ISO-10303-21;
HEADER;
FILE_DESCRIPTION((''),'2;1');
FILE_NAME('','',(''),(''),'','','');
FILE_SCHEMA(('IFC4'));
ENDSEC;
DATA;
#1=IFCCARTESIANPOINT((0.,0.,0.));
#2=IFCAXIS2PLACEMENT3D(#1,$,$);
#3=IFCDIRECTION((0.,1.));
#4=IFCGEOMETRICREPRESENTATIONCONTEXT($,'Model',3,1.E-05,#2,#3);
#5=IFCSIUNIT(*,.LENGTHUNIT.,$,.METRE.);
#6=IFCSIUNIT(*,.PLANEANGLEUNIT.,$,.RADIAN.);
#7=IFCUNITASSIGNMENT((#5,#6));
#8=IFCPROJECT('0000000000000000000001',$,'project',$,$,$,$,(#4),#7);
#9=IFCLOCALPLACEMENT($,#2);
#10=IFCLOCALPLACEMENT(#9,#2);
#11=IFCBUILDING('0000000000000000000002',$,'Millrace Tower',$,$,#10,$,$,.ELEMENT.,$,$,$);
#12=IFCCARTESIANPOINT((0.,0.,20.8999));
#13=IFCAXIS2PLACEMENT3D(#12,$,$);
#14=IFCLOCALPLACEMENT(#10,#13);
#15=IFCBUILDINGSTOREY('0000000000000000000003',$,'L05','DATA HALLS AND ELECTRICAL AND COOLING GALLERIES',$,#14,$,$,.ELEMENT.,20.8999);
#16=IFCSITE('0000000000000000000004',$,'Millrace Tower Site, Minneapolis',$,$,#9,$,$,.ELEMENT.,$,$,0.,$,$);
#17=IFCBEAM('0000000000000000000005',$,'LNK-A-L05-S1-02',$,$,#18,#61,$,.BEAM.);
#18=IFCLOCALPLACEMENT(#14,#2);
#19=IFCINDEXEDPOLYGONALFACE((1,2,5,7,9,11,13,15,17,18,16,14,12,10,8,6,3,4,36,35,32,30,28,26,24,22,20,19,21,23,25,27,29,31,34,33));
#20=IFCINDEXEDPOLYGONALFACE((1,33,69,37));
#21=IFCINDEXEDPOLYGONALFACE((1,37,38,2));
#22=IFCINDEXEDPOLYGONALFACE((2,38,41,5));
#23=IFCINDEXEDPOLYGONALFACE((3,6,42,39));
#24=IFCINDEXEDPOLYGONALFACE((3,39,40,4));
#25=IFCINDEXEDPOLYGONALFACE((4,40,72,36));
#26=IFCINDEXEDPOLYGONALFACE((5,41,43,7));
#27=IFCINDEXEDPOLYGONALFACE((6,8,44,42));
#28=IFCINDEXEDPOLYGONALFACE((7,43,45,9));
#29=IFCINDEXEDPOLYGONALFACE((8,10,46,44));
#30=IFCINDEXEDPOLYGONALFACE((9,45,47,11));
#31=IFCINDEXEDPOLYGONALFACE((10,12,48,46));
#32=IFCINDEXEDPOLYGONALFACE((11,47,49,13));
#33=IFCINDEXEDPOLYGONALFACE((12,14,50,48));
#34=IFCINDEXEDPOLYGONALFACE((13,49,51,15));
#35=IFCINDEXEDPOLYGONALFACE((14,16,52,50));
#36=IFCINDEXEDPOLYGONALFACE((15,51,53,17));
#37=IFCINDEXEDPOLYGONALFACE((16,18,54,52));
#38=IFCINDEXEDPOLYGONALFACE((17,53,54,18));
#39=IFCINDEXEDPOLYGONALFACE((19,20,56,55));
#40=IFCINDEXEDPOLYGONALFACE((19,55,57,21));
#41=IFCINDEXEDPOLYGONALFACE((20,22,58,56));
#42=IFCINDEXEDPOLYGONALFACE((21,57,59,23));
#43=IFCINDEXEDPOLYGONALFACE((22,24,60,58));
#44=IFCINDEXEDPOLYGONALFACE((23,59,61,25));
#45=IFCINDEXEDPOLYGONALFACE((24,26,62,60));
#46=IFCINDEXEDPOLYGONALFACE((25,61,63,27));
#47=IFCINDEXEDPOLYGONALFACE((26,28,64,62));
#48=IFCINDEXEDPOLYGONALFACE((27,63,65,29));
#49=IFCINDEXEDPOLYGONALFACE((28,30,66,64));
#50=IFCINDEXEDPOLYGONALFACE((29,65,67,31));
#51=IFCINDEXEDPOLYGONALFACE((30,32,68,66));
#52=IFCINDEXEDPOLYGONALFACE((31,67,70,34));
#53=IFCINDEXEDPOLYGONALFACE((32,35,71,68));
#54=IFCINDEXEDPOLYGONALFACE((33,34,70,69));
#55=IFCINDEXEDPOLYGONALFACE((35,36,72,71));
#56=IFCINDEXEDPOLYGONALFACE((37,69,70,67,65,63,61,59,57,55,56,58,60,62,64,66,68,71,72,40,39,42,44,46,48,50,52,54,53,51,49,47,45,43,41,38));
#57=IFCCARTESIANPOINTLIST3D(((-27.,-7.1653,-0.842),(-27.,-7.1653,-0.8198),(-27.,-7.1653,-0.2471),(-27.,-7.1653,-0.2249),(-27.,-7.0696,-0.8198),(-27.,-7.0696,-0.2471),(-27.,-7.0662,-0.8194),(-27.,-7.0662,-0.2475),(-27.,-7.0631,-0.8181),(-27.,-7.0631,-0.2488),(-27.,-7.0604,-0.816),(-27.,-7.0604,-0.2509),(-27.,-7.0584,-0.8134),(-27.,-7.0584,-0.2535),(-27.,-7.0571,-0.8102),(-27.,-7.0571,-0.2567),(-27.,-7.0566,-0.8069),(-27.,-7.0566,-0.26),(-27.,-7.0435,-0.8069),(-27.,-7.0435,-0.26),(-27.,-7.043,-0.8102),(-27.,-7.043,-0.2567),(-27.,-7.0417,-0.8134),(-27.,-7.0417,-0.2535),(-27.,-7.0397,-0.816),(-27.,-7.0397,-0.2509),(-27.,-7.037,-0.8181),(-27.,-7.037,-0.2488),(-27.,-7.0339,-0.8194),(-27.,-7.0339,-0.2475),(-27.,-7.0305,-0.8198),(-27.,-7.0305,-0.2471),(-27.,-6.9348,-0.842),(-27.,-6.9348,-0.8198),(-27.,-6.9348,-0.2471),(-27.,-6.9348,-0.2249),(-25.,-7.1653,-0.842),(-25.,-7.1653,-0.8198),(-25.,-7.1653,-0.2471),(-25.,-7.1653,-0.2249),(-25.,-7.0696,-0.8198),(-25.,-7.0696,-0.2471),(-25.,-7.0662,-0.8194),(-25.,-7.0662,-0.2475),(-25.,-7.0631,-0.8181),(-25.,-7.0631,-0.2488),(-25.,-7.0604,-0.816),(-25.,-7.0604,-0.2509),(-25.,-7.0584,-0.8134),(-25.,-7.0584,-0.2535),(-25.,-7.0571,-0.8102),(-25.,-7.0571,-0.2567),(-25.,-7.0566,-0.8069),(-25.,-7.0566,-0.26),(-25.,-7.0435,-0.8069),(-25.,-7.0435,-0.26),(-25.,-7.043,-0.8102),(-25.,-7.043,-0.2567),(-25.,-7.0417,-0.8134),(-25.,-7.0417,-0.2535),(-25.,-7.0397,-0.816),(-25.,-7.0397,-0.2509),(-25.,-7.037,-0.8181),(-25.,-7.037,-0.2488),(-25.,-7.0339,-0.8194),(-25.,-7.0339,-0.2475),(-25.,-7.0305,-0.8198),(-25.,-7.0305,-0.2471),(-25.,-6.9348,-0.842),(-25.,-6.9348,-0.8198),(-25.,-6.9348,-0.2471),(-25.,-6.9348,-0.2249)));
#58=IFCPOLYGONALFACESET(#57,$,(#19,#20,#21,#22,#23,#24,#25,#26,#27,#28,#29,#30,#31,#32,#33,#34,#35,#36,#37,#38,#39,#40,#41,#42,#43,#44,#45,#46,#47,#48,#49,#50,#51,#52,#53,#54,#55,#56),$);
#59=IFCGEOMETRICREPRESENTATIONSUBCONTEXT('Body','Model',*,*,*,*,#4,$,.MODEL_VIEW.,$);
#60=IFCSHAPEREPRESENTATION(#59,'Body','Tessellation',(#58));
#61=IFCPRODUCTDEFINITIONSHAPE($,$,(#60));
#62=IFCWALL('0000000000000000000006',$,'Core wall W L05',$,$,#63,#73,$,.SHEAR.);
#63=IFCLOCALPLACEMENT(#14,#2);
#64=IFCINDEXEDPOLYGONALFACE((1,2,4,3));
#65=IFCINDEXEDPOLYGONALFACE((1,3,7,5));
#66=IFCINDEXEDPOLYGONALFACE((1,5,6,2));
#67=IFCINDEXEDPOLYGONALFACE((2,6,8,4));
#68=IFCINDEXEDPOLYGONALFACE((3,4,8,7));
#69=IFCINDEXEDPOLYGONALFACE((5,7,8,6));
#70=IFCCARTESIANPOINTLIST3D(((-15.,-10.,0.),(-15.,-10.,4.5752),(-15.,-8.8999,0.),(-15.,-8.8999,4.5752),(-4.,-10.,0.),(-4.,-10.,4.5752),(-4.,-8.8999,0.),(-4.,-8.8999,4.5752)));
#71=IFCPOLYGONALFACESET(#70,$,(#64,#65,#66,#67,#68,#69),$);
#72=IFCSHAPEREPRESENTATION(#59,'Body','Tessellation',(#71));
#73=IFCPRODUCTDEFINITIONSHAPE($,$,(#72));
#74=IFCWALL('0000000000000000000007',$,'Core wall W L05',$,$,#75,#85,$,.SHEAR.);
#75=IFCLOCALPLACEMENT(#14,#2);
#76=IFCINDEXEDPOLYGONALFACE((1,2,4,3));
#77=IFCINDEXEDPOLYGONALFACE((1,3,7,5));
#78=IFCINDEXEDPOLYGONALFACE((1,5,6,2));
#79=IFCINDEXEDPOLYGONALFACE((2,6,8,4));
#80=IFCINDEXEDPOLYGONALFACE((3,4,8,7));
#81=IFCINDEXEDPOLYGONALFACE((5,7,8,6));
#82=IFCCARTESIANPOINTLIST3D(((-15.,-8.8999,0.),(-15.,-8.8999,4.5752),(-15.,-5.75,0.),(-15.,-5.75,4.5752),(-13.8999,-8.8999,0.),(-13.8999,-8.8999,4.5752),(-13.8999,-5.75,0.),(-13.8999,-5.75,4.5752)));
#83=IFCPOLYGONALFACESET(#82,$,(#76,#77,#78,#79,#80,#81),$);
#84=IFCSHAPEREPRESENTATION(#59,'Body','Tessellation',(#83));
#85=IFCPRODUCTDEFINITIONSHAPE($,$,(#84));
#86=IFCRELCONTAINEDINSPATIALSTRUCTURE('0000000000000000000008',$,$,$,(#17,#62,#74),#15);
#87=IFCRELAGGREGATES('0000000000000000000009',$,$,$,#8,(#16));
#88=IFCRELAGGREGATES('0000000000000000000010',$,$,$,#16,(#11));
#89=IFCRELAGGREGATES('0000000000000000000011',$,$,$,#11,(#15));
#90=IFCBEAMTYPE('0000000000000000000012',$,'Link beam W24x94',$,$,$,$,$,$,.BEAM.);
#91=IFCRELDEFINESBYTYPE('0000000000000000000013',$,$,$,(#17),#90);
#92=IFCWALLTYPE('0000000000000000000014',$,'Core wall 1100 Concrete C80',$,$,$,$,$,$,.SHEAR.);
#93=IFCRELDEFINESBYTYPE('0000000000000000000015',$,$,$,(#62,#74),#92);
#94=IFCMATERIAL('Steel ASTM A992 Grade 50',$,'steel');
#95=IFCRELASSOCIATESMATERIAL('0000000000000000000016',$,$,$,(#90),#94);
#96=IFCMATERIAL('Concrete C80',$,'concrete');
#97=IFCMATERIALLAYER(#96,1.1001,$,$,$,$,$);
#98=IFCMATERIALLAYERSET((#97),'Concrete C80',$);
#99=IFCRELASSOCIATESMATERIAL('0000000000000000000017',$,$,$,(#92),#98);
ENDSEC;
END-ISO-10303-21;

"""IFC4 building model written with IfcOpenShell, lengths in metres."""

from ifc_helpers import new_model, si_unit, direction, frame, frame_2d, origin, origin_2d, place, context, subcontext, project, spatial, rectangle, i_section, extrude, material, layer, layer_set, material_profile, profile_set, type_object, element, save


model = new_model("IFC4")

# Units and contexts
model_context = context("Model", 3, precision=1e-05, world=origin(), true_north=direction((0.0, 1.0)))
body_context = subcontext(model_context, "Body", "Model", "MODEL_VIEW")
ifc_project = project(units=[si_unit("LENGTHUNIT", "METRE"), si_unit("PLANEANGLEUNIT", "RADIAN")], contexts=[model_context])

# Site, building, storey
site_placement = place(None, origin())
site = spatial("IfcSite", under=ifc_project, at=site_placement, Name="Millrace Tower Site, Minneapolis", CompositionType="ELEMENT", RefElevation=0.0)
building_placement = place(site_placement, origin())
building = spatial("IfcBuilding", under=site, at=building_placement, Name="Millrace Tower", CompositionType="ELEMENT")
storey_placement = place(building_placement, frame((0.0, 0.0, 20.8999)))
storey = spatial("IfcBuildingStorey", under=building, at=storey_placement, Name="L05", Description="DATA HALLS AND ELECTRICAL AND COOLING GALLERIES", CompositionType="ELEMENT", Elevation=20.8999)

# Beam
ifc_material_1 = material(Name="Steel ASTM A992 Grade 50", Category="steel")
ifc_material_profile_1 = material_profile(ifc_material_1, i_section(OverallWidth=0.2305, OverallDepth=0.6172, WebThickness=0.0132, FlangeThickness=0.0222, FilletRadius=0.0129, at=origin_2d()))
ifc_profile_set_1 = profile_set([ifc_material_profile_1], Name="Steel ASTM A992 Grade 50")
beam_type_1 = type_object("IfcBeamType", Name="Link beam W24x94", PredefinedType="BEAM", material=ifc_profile_set_1)
beam_1_placement = place(storey_placement, frame((-25.0, -7.05, -0.5334), z_axis=(-1.0, 0.0, 0.0), x_axis=(0.0, -1.0, 0.0)))
element("IfcBeam", 1, at=beam_1_placement, inside=storey, type_object=beam_type_1, Name="LNK-A-L05-S1-02", PredefinedType="BEAM", context=body_context, shape_type="SweptSolid", body=[
    extrude(i_section(OverallWidth=0.2305, OverallDepth=0.6172, WebThickness=0.0132, FlangeThickness=0.0222, FilletRadius=0.0129, at=origin_2d()), origin(), (0.0, 0.0, 1.0), 2.0),
])

# Walls
ifc_material_2 = material(Name="Concrete C80", Category="concrete")
ifc_layer_1 = layer(ifc_material_2, 1.1001)
ifc_layer_set_1 = layer_set([ifc_layer_1], Name="Concrete C80")
wall_type_1 = type_object("IfcWallType", Name="Core wall 1100 Concrete C80", PredefinedType="SHEAR", material=ifc_layer_set_1)
wall_1_placement = place(storey_placement, frame((-15.0, -9.45, 0.0), z_axis=(0.0, 0.0, 1.0), x_axis=(1.0, 0.0, 0.0)))
element("IfcWall", 2, at=wall_1_placement, inside=storey, type_object=wall_type_1, Name="Core wall W L05", PredefinedType="SHEAR", context=body_context, shape_type="SweptSolid", body=[
    extrude(rectangle(XDim=11.0, YDim=1.1001, at=frame_2d((5.5, 0.0))), origin(), (0.0, 0.0, 1.0), 4.5752),
])
wall_2_placement = place(storey_placement, frame((-14.45, -8.8999, 0.0), z_axis=(0.0, 0.0, 1.0), x_axis=(0.0, 1.0, 0.0)))
element("IfcWall", 3, at=wall_2_placement, inside=storey, type_object=wall_type_1, Name="Core wall W L05", PredefinedType="SHEAR", context=body_context, shape_type="SweptSolid", body=[
    extrude(rectangle(XDim=3.1499, YDim=1.1001, at=frame_2d((1.575, 0.0))), origin(), (0.0, 0.0, 1.0), 4.5752),
])

save(model, "model.ifc")
